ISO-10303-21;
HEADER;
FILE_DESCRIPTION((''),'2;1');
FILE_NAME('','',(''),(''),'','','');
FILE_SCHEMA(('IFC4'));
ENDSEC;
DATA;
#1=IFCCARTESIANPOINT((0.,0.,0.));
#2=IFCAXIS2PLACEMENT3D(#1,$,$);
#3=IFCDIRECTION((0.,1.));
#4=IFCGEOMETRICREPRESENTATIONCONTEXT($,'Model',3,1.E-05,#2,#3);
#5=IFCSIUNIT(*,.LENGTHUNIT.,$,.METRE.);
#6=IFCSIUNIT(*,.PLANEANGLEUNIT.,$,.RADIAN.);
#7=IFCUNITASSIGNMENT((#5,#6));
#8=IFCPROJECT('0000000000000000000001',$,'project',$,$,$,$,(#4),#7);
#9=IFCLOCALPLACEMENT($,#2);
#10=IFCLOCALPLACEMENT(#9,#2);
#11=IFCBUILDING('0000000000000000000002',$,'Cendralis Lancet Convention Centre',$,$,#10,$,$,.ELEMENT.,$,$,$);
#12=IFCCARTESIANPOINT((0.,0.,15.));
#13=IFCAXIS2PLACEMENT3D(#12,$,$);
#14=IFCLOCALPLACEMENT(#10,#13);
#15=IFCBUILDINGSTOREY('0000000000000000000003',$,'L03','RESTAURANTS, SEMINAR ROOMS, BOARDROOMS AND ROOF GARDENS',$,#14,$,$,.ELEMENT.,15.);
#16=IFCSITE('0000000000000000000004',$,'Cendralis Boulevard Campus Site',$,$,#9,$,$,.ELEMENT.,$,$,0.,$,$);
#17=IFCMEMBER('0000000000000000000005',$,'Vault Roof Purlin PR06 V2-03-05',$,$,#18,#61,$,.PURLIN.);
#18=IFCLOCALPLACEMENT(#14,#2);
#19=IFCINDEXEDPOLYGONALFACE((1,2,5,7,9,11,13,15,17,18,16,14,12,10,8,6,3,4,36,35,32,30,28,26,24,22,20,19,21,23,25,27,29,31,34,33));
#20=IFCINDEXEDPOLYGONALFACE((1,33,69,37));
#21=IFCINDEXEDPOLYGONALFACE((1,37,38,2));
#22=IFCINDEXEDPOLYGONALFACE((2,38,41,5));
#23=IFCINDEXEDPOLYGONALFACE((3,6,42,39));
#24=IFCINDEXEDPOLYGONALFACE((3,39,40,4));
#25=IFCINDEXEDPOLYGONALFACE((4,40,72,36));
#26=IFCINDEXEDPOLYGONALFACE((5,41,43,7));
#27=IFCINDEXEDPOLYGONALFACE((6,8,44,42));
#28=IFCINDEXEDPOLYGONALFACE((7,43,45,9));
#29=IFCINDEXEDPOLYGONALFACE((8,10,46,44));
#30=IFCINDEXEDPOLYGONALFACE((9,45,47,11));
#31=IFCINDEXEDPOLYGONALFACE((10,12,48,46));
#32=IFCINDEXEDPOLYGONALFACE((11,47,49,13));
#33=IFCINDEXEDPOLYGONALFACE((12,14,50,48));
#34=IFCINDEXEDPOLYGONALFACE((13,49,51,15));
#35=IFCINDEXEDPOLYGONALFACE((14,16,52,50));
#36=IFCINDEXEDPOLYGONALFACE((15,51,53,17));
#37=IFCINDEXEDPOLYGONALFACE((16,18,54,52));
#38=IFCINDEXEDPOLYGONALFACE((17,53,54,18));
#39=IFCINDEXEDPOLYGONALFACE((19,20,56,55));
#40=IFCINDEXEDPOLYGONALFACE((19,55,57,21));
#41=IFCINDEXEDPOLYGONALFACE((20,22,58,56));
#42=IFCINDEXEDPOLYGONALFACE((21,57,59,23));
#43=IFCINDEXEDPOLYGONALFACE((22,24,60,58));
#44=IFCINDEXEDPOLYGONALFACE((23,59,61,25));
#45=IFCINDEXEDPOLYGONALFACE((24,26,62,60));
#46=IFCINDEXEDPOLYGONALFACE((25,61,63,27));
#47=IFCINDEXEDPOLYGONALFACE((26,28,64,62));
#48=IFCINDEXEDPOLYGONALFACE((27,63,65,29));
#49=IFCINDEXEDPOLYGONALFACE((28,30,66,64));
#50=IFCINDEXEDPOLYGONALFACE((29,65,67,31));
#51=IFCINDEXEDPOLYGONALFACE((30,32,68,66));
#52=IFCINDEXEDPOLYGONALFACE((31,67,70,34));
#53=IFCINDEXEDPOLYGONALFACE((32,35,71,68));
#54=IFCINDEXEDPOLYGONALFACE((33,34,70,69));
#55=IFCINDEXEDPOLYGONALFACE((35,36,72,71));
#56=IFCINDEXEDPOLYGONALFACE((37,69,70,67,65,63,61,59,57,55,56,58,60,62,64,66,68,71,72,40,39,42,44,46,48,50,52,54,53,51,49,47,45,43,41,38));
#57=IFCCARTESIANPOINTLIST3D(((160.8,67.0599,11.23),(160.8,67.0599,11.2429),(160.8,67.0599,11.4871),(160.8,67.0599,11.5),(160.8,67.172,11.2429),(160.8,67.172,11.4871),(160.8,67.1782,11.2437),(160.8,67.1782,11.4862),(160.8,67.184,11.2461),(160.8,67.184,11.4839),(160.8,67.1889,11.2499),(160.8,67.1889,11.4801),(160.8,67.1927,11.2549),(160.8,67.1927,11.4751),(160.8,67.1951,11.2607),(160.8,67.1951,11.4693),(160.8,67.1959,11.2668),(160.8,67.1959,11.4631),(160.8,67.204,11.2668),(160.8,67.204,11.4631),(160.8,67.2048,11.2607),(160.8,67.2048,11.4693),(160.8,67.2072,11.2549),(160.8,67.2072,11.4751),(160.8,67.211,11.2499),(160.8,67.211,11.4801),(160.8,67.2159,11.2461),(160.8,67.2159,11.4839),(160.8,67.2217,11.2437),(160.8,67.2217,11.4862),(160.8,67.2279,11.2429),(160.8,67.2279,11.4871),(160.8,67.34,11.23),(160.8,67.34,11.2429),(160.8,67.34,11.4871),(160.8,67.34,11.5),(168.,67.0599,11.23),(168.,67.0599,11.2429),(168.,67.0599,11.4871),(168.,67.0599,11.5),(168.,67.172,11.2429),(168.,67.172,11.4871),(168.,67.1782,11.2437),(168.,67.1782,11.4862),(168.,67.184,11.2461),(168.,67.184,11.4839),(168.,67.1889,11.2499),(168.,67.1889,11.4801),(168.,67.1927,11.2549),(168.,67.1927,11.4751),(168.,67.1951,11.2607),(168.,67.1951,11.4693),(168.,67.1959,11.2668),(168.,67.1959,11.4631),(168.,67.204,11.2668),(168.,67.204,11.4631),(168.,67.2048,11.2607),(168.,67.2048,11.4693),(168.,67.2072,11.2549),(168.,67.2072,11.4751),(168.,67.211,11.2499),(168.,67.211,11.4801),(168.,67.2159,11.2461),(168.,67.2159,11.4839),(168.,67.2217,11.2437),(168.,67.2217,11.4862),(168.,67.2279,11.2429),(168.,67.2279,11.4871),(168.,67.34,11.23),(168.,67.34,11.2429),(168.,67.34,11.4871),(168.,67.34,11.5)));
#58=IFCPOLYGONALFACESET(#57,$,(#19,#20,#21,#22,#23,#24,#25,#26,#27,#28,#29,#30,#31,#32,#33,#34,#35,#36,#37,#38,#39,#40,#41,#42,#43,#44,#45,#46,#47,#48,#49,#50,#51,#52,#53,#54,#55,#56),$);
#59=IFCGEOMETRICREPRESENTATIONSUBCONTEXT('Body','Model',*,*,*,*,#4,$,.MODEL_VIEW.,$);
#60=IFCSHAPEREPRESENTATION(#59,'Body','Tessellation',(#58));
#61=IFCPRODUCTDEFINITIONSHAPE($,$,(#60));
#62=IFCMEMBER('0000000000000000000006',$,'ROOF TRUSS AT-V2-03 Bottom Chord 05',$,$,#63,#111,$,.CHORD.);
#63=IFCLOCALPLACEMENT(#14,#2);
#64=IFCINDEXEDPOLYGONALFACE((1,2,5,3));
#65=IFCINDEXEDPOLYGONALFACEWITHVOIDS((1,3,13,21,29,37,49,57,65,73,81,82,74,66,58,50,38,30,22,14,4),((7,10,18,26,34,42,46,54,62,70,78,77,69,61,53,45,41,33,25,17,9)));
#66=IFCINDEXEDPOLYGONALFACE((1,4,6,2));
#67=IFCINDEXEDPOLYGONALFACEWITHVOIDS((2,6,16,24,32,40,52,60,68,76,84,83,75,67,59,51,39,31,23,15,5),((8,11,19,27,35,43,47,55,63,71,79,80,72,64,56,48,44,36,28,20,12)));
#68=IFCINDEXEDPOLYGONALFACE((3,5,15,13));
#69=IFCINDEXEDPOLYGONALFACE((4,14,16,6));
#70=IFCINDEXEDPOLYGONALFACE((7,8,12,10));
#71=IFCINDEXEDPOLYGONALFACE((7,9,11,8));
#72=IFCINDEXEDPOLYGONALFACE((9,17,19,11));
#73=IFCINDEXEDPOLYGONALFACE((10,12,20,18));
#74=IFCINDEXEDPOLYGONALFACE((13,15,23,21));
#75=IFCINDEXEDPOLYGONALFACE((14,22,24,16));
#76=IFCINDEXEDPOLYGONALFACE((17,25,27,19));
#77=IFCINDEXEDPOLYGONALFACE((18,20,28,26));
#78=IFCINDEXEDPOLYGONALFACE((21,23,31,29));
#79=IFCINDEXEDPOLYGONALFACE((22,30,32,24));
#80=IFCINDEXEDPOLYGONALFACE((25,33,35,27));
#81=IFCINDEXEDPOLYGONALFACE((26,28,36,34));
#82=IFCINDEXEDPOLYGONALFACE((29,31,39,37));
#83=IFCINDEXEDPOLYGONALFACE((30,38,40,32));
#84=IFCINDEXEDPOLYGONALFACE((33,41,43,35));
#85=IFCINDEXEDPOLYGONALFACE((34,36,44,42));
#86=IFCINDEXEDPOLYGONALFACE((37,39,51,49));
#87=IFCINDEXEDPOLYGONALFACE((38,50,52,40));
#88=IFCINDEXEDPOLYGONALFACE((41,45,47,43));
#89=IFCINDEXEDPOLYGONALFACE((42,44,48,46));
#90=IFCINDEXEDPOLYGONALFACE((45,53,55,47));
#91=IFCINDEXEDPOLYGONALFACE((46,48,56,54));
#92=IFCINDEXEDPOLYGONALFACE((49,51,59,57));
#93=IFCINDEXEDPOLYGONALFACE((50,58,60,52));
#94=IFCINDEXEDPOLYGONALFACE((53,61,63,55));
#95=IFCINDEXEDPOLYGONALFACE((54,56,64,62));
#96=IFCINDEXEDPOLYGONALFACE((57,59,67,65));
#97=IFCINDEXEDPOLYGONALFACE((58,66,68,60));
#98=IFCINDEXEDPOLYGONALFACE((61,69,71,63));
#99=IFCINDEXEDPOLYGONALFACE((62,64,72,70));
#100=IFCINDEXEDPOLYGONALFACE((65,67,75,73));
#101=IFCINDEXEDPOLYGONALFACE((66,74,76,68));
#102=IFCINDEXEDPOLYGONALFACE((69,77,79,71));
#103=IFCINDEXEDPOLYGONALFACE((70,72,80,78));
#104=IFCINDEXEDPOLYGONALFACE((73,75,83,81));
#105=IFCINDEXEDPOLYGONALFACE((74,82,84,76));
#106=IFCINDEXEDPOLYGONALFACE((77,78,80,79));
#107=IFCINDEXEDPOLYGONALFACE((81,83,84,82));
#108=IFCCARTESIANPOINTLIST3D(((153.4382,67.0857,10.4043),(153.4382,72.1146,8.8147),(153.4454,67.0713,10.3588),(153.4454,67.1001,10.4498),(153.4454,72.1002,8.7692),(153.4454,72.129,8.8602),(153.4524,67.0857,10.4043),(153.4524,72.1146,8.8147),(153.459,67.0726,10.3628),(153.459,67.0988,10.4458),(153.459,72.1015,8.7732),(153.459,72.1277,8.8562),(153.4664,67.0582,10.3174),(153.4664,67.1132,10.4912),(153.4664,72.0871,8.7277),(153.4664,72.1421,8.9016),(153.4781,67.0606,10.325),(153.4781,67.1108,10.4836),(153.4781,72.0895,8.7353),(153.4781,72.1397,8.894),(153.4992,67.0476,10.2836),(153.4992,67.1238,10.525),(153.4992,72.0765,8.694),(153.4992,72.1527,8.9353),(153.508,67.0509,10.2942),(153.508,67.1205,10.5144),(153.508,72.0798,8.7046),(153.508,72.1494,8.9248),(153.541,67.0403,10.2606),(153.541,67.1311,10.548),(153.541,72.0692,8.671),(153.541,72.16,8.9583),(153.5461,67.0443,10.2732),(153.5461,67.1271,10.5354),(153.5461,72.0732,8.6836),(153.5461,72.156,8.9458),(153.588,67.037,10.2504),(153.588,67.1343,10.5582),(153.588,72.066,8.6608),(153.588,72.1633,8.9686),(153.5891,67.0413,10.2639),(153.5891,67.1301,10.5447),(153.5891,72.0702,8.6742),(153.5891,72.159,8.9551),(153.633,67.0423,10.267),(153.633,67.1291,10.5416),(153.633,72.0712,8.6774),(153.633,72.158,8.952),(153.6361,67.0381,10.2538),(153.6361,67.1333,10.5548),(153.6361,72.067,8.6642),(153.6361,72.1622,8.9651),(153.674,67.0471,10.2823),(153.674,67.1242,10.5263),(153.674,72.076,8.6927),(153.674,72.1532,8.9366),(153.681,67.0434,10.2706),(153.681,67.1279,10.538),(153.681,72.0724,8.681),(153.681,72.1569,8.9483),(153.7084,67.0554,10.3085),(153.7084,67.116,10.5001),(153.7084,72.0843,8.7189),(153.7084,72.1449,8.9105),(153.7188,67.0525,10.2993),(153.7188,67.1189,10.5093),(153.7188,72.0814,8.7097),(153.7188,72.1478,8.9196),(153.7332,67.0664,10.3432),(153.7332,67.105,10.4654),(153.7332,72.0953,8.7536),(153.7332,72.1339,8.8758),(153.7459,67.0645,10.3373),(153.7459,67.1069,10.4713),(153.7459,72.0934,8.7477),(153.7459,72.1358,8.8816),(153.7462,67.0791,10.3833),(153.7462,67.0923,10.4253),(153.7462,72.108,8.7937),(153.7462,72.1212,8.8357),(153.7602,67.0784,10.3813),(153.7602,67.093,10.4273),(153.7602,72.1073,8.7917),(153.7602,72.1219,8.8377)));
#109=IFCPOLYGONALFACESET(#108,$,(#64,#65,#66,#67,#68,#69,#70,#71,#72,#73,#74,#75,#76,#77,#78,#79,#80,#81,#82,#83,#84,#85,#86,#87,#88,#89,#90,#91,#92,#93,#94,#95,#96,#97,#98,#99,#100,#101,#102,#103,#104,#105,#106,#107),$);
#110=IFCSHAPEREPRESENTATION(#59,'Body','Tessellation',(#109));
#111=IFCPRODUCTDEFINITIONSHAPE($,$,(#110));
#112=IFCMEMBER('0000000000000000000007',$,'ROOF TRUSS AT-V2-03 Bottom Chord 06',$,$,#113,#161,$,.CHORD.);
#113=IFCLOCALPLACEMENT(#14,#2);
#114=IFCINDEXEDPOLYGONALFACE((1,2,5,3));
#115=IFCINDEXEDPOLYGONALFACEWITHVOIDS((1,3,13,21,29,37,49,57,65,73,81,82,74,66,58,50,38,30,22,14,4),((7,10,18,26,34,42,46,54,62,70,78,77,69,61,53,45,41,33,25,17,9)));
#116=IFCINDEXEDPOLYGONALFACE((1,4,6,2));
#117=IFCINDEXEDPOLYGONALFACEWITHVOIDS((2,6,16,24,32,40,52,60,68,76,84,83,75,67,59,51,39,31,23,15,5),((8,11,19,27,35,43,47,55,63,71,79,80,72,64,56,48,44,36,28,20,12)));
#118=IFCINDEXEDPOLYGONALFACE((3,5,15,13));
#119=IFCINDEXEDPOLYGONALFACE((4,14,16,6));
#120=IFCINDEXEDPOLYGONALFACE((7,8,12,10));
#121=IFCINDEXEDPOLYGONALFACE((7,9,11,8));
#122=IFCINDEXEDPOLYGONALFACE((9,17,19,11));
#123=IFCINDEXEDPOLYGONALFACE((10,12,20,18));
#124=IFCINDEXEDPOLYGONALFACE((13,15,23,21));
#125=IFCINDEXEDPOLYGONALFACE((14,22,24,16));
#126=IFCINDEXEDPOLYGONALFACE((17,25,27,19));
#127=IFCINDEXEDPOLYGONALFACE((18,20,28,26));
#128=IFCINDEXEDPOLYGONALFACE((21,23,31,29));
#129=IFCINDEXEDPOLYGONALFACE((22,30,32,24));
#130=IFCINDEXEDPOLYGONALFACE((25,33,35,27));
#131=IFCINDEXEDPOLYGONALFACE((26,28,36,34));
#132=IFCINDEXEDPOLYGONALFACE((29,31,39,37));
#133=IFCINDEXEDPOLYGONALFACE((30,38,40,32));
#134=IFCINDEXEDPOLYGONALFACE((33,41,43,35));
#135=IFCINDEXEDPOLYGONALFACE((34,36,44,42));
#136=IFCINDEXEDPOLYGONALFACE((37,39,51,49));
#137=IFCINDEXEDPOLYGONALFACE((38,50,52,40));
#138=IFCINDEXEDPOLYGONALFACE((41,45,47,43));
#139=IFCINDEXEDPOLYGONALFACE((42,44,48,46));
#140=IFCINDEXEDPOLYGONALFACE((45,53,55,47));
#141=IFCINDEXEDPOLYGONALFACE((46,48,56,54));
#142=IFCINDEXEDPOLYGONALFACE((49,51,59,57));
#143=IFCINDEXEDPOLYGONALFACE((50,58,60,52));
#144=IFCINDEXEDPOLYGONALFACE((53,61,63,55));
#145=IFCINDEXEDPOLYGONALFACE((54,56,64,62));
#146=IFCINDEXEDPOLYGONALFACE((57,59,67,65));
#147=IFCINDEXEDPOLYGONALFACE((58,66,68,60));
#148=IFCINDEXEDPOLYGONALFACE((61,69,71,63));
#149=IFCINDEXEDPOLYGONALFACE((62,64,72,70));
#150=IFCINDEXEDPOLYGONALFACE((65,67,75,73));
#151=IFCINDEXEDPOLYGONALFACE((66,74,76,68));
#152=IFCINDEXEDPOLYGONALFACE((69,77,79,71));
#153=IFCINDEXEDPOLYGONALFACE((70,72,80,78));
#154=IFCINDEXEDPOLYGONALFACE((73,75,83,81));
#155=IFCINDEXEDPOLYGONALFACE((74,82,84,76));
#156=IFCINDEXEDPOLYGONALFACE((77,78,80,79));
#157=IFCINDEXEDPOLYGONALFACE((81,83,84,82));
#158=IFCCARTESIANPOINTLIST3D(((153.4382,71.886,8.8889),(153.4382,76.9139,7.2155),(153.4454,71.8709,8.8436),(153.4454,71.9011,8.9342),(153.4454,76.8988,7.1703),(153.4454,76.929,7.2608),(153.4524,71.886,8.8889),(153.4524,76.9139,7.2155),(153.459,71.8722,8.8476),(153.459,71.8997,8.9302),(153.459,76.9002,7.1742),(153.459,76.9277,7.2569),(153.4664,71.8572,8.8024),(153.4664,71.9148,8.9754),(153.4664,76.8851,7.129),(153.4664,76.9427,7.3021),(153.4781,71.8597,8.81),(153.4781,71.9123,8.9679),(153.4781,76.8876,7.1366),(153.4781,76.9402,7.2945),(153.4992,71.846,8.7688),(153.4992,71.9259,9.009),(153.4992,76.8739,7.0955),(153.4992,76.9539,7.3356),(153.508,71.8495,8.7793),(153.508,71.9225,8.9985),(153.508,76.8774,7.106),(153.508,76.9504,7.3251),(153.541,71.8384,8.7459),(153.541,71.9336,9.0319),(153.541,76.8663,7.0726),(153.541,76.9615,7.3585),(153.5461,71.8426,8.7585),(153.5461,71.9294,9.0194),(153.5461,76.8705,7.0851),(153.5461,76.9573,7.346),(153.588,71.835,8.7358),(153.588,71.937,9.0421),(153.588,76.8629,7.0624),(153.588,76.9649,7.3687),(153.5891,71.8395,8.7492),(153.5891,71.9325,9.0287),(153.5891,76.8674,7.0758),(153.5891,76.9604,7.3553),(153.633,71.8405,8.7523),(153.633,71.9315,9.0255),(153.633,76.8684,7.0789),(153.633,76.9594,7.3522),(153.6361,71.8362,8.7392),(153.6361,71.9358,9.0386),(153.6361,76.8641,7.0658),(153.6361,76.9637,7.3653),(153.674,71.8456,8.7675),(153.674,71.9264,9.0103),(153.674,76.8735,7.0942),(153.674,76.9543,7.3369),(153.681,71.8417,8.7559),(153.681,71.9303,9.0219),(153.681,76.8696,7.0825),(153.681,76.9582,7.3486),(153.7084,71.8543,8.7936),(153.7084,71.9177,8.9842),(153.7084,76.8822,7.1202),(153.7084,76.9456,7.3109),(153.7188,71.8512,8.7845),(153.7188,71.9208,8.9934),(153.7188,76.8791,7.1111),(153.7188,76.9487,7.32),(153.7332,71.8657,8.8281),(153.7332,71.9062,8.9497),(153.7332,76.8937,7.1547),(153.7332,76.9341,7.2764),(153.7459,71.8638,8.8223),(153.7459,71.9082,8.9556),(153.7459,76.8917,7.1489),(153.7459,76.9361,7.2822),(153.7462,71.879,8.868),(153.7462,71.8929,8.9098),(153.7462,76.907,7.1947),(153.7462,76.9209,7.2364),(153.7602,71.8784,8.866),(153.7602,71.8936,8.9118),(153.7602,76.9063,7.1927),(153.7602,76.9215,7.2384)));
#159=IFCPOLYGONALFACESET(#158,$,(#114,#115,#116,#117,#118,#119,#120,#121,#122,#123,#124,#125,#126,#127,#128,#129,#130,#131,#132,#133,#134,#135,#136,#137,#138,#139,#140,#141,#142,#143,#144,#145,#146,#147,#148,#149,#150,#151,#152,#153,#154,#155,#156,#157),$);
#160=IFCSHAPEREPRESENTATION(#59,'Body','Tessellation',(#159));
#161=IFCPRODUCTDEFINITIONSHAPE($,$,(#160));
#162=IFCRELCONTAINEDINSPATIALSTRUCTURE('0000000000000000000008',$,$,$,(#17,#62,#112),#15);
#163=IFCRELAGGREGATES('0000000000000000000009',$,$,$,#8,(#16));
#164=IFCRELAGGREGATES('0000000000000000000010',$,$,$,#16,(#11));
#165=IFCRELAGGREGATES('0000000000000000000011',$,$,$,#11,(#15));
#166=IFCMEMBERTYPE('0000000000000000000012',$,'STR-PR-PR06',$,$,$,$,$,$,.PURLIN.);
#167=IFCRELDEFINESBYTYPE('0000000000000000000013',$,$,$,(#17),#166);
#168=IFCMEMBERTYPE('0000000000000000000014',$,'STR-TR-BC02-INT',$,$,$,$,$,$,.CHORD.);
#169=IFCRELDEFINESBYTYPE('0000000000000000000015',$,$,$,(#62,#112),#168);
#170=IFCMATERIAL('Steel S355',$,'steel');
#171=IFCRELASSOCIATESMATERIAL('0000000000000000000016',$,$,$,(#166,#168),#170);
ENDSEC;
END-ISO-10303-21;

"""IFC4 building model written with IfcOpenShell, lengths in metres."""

from ifc_helpers import new_model, si_unit, direction, frame, origin, origin_2d, place, context, subcontext, project, spatial, hollow_circle, i_section, extrude, material, material_profile, profile_set, type_object, element, save


model = new_model("IFC4")

# Units and contexts
model_context = context("Model", 3, precision=1e-05, world=origin(), true_north=direction((0.0, 1.0)))
body_context = subcontext(model_context, "Body", "Model", "MODEL_VIEW")
ifc_project = project(units=[si_unit("LENGTHUNIT", "METRE"), si_unit("PLANEANGLEUNIT", "RADIAN")], contexts=[model_context])

# Site, building, storey
site_placement = place(None, origin())
site = spatial("IfcSite", under=ifc_project, at=site_placement, Name="Cendralis Boulevard Campus Site", CompositionType="ELEMENT", RefElevation=0.0)
building_placement = place(site_placement, origin())
building = spatial("IfcBuilding", under=site, at=building_placement, Name="Cendralis Lancet Convention Centre", CompositionType="ELEMENT")
storey_placement = place(building_placement, frame((0.0, 0.0, 15.0)))
storey = spatial("IfcBuildingStorey", under=building, at=storey_placement, Name="L03", Description="RESTAURANTS, SEMINAR ROOMS, BOARDROOMS AND ROOF GARDENS", CompositionType="ELEMENT", Elevation=15.0)

# Shared definitions
ifc_material = material(Name="Steel S355", Category="steel")

# Members
ifc_material_profile_1 = material_profile(ifc_material, i_section(OverallWidth=0.28, OverallDepth=0.27, WebThickness=0.0081, FlangeThickness=0.0129, FilletRadius=0.0239, at=origin_2d()), Name="HEA 280")
ifc_profile_set_1 = profile_set([ifc_material_profile_1], Name="Steel S355")
member_type_1 = type_object("IfcMemberType", Name="STR-PR-PR06", PredefinedType="PURLIN", material=ifc_profile_set_1)
for number, where, z_axis, x_axis, name in (
    (1, (160.8, 67.2, 11.365), (1.0, 0.0, 0.0), (0.0, 1.0, 0.0), "Vault Roof Purlin PR06 V2-03-05"),
):
    element("IfcMember", number, at=place(storey_placement, frame(where, z_axis=z_axis, x_axis=x_axis)), inside=storey, type_object=member_type_1, Name=name, PredefinedType="PURLIN", context=body_context, shape_type="SweptSolid", body=[
        extrude(i_section(OverallWidth=0.28, OverallDepth=0.27, WebThickness=0.0081, FlangeThickness=0.0129, FilletRadius=0.0239, at=origin_2d()), origin(), (0.0, 0.0, 1.0), 7.2),
    ])
ifc_material_profile_2 = material_profile(ifc_material, hollow_circle(Radius=0.1619, WallThickness=0.0142, at=origin_2d()), Name="CHS 323.9x14.2")
ifc_profile_set_2 = profile_set([ifc_material_profile_2], Name="Steel S355")
member_type_2 = type_object("IfcMemberType", Name="STR-TR-BC02-INT", PredefinedType="CHORD", material=ifc_profile_set_2)
member_1_placement = place(storey_placement, frame((153.6001, 67.0857, 10.4043), z_axis=(0.0, 0.953498, -0.301399), x_axis=(-1.0, 0.0, 0.0)))
element("IfcMember", 2, at=member_1_placement, inside=storey, type_object=member_type_2, Name="ROOF TRUSS AT-V2-03 Bottom Chord 05", PredefinedType="CHORD", context=body_context, shape_type="SweptSolid", body=[
    extrude(hollow_circle(Radius=0.1619, WallThickness=0.0142, at=origin_2d()), origin(), (0.0, 0.0, 1.0), 5.2742),
])
member_2_placement = place(storey_placement, frame((153.6001, 71.886, 8.8889), z_axis=(0.0, 0.948831, -0.315785), x_axis=(-1.0, 0.0, 0.0)))
element("IfcMember", 3, at=member_2_placement, inside=storey, type_object=member_type_2, Name="ROOF TRUSS AT-V2-03 Bottom Chord 06", PredefinedType="CHORD", context=body_context, shape_type="SweptSolid", body=[
    extrude(hollow_circle(Radius=0.1619, WallThickness=0.0142, at=origin_2d()), origin(), (0.0, 0.0, 1.0), 5.2991),
])

save(model, "model.ifc")
